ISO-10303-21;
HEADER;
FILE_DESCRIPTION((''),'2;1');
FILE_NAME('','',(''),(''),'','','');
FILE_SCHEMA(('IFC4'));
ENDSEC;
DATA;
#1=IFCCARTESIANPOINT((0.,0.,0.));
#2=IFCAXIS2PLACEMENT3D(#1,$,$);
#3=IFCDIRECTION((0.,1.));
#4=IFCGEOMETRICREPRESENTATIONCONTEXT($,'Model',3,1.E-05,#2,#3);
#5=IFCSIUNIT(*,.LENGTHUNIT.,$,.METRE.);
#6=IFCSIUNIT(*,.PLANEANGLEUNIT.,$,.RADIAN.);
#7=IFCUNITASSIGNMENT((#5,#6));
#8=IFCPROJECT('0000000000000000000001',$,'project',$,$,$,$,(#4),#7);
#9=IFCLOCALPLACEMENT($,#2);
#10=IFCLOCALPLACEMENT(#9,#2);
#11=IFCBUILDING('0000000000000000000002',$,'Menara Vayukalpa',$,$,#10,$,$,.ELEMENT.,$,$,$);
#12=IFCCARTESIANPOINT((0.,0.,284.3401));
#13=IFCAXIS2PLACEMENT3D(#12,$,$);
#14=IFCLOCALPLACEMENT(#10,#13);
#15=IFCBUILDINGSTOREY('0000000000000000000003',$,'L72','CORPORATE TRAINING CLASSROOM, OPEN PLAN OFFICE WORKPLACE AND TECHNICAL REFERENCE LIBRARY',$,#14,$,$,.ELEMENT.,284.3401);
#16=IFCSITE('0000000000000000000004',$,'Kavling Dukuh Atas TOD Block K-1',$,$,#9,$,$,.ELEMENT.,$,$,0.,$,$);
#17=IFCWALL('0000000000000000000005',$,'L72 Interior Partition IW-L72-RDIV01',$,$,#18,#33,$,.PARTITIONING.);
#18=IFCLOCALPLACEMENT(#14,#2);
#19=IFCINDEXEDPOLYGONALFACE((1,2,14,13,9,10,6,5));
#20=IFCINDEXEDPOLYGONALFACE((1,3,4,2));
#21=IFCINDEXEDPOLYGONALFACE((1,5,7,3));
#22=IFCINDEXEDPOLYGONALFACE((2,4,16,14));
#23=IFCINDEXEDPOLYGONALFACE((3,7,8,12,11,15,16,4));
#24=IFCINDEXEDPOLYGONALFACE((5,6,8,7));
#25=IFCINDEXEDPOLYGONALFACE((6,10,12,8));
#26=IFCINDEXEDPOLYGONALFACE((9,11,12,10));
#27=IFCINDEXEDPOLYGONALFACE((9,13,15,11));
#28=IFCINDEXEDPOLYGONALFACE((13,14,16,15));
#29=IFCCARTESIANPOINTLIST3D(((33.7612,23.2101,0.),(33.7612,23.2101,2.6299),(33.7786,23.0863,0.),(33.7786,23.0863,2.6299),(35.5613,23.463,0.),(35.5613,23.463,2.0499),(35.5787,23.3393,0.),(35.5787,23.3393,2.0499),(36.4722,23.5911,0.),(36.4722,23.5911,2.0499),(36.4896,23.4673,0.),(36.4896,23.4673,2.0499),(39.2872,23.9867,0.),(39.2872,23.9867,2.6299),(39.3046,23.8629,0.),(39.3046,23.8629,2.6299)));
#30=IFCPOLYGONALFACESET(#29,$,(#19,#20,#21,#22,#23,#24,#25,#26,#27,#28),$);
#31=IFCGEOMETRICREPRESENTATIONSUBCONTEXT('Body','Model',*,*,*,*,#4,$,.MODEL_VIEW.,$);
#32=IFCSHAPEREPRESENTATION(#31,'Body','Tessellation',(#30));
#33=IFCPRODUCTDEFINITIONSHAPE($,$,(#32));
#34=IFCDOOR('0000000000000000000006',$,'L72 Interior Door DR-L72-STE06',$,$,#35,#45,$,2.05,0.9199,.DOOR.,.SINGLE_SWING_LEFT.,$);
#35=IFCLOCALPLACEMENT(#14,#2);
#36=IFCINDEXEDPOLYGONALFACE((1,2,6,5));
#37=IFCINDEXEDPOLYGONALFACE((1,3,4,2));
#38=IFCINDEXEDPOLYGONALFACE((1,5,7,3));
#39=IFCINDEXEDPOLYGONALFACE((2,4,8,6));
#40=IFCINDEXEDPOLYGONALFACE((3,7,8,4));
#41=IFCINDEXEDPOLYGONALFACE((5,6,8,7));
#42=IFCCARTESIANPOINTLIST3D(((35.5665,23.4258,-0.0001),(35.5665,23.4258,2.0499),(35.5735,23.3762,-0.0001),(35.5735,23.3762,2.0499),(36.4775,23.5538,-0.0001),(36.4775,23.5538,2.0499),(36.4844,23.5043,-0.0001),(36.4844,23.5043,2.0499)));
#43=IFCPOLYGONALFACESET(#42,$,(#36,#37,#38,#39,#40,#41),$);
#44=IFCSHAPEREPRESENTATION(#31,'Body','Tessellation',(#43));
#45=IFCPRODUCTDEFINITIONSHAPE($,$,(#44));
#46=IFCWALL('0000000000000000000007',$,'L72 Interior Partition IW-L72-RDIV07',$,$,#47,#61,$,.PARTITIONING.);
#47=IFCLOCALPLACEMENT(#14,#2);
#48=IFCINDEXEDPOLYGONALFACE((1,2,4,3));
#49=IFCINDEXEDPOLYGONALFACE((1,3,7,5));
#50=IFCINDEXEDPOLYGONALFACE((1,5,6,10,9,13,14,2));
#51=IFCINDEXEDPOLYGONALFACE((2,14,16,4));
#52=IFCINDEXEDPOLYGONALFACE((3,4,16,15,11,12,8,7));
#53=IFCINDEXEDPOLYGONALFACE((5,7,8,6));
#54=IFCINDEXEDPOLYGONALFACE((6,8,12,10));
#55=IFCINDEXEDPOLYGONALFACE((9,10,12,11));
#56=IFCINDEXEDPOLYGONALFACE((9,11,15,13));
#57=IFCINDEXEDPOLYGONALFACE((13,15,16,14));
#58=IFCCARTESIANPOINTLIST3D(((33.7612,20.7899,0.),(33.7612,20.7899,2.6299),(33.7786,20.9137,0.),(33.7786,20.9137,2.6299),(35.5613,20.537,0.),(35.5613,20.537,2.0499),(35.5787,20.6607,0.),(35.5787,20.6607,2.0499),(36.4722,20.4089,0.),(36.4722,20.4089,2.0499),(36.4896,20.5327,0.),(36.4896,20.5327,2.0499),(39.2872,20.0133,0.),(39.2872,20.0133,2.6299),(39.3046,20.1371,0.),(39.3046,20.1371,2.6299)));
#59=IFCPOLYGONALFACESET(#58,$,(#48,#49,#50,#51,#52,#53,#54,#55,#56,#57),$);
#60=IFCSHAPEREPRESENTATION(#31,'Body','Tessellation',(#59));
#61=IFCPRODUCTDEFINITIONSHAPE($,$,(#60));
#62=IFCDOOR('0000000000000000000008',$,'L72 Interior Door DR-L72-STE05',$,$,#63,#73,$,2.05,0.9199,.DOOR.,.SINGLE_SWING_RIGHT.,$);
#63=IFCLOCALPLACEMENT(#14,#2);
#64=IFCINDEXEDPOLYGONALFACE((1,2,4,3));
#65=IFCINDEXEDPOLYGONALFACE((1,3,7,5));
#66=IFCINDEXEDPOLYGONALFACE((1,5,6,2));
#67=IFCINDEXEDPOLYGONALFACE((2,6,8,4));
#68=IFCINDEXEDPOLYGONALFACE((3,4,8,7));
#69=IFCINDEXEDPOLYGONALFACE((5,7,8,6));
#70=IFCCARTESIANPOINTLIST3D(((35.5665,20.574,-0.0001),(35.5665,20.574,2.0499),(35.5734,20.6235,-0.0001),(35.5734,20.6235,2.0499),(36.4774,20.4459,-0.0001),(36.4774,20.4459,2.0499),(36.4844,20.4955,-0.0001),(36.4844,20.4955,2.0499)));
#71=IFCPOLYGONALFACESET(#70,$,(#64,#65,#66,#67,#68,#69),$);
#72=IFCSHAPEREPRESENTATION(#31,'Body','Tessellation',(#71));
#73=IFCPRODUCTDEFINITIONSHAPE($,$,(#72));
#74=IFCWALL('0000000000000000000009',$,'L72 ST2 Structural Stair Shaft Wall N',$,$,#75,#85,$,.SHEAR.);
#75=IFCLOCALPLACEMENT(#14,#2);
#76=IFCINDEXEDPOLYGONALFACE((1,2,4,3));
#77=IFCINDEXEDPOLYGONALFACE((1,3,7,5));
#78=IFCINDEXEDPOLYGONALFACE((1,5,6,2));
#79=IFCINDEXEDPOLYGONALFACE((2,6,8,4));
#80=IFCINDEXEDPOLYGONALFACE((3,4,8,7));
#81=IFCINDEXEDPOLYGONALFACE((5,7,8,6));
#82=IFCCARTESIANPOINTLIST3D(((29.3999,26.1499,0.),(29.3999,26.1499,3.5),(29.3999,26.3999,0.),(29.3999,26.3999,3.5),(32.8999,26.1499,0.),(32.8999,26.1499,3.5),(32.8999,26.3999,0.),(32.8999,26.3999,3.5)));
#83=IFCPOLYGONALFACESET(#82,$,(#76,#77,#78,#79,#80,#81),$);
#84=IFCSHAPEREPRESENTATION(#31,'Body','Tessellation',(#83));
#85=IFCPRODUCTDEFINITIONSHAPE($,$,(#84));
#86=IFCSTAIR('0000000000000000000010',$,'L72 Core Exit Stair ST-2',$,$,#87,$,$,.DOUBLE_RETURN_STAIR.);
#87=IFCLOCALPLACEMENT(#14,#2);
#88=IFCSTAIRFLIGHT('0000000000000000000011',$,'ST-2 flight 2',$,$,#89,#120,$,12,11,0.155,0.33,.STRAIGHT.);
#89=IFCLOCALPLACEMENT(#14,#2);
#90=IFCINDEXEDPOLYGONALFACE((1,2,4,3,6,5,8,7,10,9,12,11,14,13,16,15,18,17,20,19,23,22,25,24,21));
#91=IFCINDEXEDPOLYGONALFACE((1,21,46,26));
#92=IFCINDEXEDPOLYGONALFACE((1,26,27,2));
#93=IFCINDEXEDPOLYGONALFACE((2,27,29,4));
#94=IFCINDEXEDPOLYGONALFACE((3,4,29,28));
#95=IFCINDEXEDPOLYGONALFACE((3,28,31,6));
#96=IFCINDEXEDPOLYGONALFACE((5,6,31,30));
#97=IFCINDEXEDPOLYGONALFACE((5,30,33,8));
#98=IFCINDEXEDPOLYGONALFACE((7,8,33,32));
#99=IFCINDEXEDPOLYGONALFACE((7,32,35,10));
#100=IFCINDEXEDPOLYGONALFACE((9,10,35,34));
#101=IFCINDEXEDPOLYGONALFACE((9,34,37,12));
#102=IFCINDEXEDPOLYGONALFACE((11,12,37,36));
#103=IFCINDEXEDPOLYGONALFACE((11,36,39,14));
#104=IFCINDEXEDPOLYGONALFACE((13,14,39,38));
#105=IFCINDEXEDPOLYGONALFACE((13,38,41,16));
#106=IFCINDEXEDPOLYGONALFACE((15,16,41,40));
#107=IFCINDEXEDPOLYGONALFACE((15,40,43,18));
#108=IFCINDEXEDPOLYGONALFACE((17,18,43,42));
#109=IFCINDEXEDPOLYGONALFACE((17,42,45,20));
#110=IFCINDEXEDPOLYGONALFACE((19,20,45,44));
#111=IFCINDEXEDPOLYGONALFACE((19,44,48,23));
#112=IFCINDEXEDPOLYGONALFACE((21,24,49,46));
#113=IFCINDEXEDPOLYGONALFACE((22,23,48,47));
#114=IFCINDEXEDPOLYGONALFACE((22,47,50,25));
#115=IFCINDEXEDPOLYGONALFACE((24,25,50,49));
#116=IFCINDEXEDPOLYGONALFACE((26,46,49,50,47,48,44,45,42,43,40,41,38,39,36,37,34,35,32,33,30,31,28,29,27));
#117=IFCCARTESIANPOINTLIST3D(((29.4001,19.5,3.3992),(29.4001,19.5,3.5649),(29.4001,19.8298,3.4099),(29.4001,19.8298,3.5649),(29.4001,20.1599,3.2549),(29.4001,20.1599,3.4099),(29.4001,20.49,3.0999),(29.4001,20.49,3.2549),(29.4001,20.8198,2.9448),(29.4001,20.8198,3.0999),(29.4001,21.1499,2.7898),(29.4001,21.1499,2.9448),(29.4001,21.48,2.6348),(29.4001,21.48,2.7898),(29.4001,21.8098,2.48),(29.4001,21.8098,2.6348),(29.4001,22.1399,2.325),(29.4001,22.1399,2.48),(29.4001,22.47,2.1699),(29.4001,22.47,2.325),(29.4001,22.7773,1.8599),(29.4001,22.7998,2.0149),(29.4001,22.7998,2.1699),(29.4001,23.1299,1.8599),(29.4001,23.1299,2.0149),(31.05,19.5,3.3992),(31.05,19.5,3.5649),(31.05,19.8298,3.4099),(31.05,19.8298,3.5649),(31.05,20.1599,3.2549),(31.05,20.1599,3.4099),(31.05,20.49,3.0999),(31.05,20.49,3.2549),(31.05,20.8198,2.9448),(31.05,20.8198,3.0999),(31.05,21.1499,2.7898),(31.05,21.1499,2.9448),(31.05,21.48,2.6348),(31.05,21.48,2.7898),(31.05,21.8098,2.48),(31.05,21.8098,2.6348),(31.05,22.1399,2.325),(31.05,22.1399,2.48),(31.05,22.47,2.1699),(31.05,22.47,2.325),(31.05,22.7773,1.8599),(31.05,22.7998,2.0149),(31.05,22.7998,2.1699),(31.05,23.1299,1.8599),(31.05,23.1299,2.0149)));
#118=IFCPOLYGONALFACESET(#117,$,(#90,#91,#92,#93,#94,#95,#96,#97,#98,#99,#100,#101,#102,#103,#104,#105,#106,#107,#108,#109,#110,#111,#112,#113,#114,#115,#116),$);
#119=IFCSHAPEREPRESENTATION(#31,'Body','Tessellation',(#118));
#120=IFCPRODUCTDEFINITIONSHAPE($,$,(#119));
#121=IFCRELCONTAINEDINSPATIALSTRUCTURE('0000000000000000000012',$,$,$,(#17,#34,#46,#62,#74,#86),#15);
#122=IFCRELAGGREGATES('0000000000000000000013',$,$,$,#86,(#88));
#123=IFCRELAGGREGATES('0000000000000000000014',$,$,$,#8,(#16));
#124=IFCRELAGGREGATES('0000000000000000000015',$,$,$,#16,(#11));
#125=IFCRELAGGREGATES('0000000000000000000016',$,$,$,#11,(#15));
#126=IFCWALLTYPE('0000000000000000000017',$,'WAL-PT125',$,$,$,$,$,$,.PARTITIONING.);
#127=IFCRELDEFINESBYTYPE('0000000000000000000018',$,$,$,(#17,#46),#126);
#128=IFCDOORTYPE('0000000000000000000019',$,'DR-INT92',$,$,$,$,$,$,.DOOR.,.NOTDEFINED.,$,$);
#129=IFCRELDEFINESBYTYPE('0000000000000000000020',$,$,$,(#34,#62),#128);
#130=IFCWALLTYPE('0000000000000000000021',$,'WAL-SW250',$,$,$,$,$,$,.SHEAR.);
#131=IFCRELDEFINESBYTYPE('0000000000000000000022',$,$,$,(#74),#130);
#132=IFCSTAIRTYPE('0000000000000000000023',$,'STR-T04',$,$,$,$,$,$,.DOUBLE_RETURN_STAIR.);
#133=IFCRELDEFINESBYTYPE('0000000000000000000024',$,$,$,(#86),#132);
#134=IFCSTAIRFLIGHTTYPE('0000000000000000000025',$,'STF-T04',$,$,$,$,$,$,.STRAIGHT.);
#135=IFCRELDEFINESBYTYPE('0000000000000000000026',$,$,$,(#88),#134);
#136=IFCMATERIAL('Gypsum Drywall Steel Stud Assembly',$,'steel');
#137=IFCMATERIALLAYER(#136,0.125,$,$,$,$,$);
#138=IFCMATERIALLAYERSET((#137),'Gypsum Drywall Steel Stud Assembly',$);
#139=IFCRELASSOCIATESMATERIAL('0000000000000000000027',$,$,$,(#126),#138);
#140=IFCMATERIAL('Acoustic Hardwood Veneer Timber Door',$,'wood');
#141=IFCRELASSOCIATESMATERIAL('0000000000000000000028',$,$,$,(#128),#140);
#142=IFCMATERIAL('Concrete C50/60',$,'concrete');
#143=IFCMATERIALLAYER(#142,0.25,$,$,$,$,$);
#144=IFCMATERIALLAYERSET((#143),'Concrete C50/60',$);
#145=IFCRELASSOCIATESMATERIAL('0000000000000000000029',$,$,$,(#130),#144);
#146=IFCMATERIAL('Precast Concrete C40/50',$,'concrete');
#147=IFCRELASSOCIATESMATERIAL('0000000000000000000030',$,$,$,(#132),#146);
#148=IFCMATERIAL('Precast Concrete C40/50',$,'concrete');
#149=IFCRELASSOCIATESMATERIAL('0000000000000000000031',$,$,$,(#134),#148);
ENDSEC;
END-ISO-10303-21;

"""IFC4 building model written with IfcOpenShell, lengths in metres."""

from ifc_helpers import new_model, si_unit, direction, frame, frame_2d, origin, place, context, subcontext, project, spatial, polyline, rectangle, outline, extrude, material, layer, layer_set, type_object, element, fill, aggregate, save


model = new_model("IFC4")

# Units and contexts
model_context = context("Model", 3, precision=1e-05, world=origin(), true_north=direction((0.0, 1.0)))
body_context = subcontext(model_context, "Body", "Model", "MODEL_VIEW")
ifc_project = project(units=[si_unit("LENGTHUNIT", "METRE"), si_unit("PLANEANGLEUNIT", "RADIAN")], contexts=[model_context])

# Site, building, storey
site_placement = place(None, origin())
site = spatial("IfcSite", under=ifc_project, at=site_placement, Name="Kavling Dukuh Atas TOD Block K-1", CompositionType="ELEMENT", RefElevation=0.0)
building_placement = place(site_placement, origin())
building = spatial("IfcBuilding", under=site, at=building_placement, Name="Menara Vayukalpa", CompositionType="ELEMENT")
storey_placement = place(building_placement, frame((0.0, 0.0, 284.3401)))
storey = spatial("IfcBuildingStorey", under=building, at=storey_placement, Name="L72", Description="CORPORATE TRAINING CLASSROOM, OPEN PLAN OFFICE WORKPLACE AND TECHNICAL REFERENCE LIBRARY", CompositionType="ELEMENT", Elevation=284.3401)

# Walls, openings, doors
ifc_material_1 = material(Name="Gypsum Drywall Steel Stud Assembly", Category="steel")
ifc_layer_1 = layer(ifc_material_1, 0.125)
ifc_layer_set_1 = layer_set([ifc_layer_1], Name="Gypsum Drywall Steel Stud Assembly")
wall_type_1 = type_object("IfcWallType", Name="WAL-PT125", PredefinedType="PARTITIONING", material=ifc_layer_set_1)
wall_1_placement = place(storey_placement, frame((33.77, 23.1482, 0.0), z_axis=(0.0, 0.0, 1.0), x_axis=(0.990269, 0.139167, 0.0)))
wall_1 = element("IfcWall", 1, at=wall_1_placement, inside=storey, type_object=wall_type_1, Name="L72 Interior Partition IW-L72-RDIV01", PredefinedType="PARTITIONING", context=body_context, shape_type="SweptSolid", body=[
    extrude(rectangle(XDim=5.5803, YDim=0.125, at=frame_2d((2.79, 0.0))), origin(), (0.0, 0.0, 1.0), 2.6299),
])
opening_1_placement = place(wall_1_placement, frame((1.8176, 0.0, 0.0)))
opening_1 = element("IfcOpeningElement", 2, at=opening_1_placement, cuts=wall_1, PredefinedType="OPENING", context=body_context, shape_type="SweptSolid", body=[
    extrude(rectangle(XDim=0.9199, YDim=2.05, at=frame_2d((0.46, 1.0249))), frame((0.0, 0.0725, 0.0), z_axis=(0.0, -1.0, 0.0), x_axis=(1.0, 0.0, 0.0)), (0.0, 0.0, 1.0), 0.145),
])
ifc_material_2 = material(Name="Acoustic Hardwood Veneer Timber Door", Category="wood")
door_type = type_object("IfcDoorType", Name="DR-INT92", OperationType="NOTDEFINED", PredefinedType="DOOR", material=ifc_material_2)
door_1_placement = place(opening_1_placement, origin())
door_1 = element("IfcDoor", 3, at=door_1_placement, inside=storey, type_object=door_type, Name="L72 Interior Door DR-L72-STE06", OperationType="SINGLE_SWING_LEFT", OverallHeight=2.05, OverallWidth=0.9199, PredefinedType="DOOR", context=body_context, shape_type="SweptSolid", body=[
    extrude(rectangle(XDim=0.9199, YDim=2.05, at=frame_2d((0.46, 1.0249))), frame((0.0, 0.0249, 0.0), z_axis=(0.0, -1.0, 0.0), x_axis=(1.0, 0.0, 0.0)), (0.0, 0.0, 1.0), 0.05),
])
fill(opening_1, door_1)
wall_2_placement = place(storey_placement, frame((33.77, 20.8518, 0.0), z_axis=(0.0, 0.0, 1.0), x_axis=(0.990269, -0.139167, 0.0)))
wall_2 = element("IfcWall", 4, at=wall_2_placement, inside=storey, type_object=wall_type_1, Name="L72 Interior Partition IW-L72-RDIV07", PredefinedType="PARTITIONING", context=body_context, shape_type="SweptSolid", body=[
    extrude(rectangle(XDim=5.5803, YDim=0.125, at=frame_2d((2.79, 0.0))), origin(), (0.0, 0.0, 1.0), 2.6299),
])
opening_2_placement = place(wall_2_placement, frame((1.8176, 0.0, 0.0)))
opening_2 = element("IfcOpeningElement", 5, at=opening_2_placement, cuts=wall_2, PredefinedType="OPENING", context=body_context, shape_type="SweptSolid", body=[
    extrude(rectangle(XDim=0.9199, YDim=2.05, at=frame_2d((0.46, 1.0249))), frame((0.0, 0.0725, 0.0), z_axis=(0.0, -1.0, 0.0), x_axis=(1.0, 0.0, 0.0)), (0.0, 0.0, 1.0), 0.145),
])
door_2_placement = place(opening_2_placement, origin())
door_2 = element("IfcDoor", 6, at=door_2_placement, inside=storey, type_object=door_type, Name="L72 Interior Door DR-L72-STE05", OperationType="SINGLE_SWING_RIGHT", OverallHeight=2.05, OverallWidth=0.9199, PredefinedType="DOOR", context=body_context, shape_type="SweptSolid", body=[
    extrude(rectangle(XDim=0.9199, YDim=2.05, at=frame_2d((0.46, 1.0249))), frame((0.0, 0.0249, 0.0), z_axis=(0.0, -1.0, 0.0), x_axis=(1.0, 0.0, 0.0)), (0.0, 0.0, 1.0), 0.05),
])
fill(opening_2, door_2)

# Wall
ifc_material_3 = material(Name="Concrete C50/60", Category="concrete")
ifc_layer_2 = layer(ifc_material_3, 0.25)
ifc_layer_set_2 = layer_set([ifc_layer_2], Name="Concrete C50/60")
wall_type_2 = type_object("IfcWallType", Name="WAL-SW250", PredefinedType="SHEAR", material=ifc_layer_set_2)
wall_3_placement = place(storey_placement, frame((29.3999, 26.2749, 0.0), z_axis=(0.0, 0.0, 1.0), x_axis=(1.0, 0.0, 0.0)))
element("IfcWall", 7, at=wall_3_placement, inside=storey, type_object=wall_type_2, Name="L72 ST2 Structural Stair Shaft Wall N", PredefinedType="SHEAR", context=body_context, shape_type="SweptSolid", body=[
    extrude(rectangle(XDim=3.5, YDim=0.25, at=frame_2d((1.75, 0.0))), origin(), (0.0, 0.0, 1.0), 3.5),
])

# Stair, stair flight
ifc_material_4 = material(Name="Precast Concrete C40/50", Category="concrete")
stair_type = type_object("IfcStairType", Name="STR-T04", PredefinedType="DOUBLE_RETURN_STAIR", material=ifc_material_4)
stair_placement = place(storey_placement, origin())
stair = element("IfcStair", 8, at=stair_placement, inside=storey, type_object=stair_type, Name="L72 Core Exit Stair ST-2", PredefinedType="DOUBLE_RETURN_STAIR")
ifc_material_5 = material(Name="Precast Concrete C40/50", Category="concrete")
stair_flight_type = type_object("IfcStairFlightType", Name="STF-T04", PredefinedType="STRAIGHT", material=ifc_material_5)
stair_flight_placement = place(storey_placement, frame((30.2251, 23.1299, 1.8599), z_axis=(0.0, 0.0, 1.0), x_axis=(0.0, -1.0, 0.0)))
stair_flight = element("IfcStairFlight", 9, at=stair_flight_placement, type_object=stair_flight_type, Name="ST-2 flight 2", NumberOfRisers=12, NumberOfTreads=11, PredefinedType="STRAIGHT", RiserHeight=0.155, TreadLength=0.33, context=body_context, shape_type="SweptSolid", body=[
    extrude(outline(polyline([(0.0, 0.0), (0.0, 0.155), (0.3301, 0.155), (0.3301, 0.3101), (0.6599, 0.3101), (0.6599, 0.4651), (0.99, 0.4651), (0.99, 0.6201), (1.3201, 0.6201), (1.3201, 0.7749), (1.6499, 0.7749), (1.6499, 0.9299), (1.98, 0.9299), (1.98, 1.085), (2.3101, 1.085), (2.3101, 1.24), (2.6399, 1.24), (2.6399, 1.395), (2.97, 1.395), (2.97, 1.55), (3.3, 1.55), (3.3, 1.7051), (3.6299, 1.7051), (3.6299, 1.8601), (3.6299, 1.5393), (0.3525, 0.0), (0.0, 0.0)])), frame((0.0, 0.825, 0.0), z_axis=(0.0, -1.0, 0.0), x_axis=(1.0, 0.0, 0.0)), (0.0, 0.0, 1.0), 1.6499),
])
aggregate(stair, [stair_flight])

save(model, "model.ifc")
